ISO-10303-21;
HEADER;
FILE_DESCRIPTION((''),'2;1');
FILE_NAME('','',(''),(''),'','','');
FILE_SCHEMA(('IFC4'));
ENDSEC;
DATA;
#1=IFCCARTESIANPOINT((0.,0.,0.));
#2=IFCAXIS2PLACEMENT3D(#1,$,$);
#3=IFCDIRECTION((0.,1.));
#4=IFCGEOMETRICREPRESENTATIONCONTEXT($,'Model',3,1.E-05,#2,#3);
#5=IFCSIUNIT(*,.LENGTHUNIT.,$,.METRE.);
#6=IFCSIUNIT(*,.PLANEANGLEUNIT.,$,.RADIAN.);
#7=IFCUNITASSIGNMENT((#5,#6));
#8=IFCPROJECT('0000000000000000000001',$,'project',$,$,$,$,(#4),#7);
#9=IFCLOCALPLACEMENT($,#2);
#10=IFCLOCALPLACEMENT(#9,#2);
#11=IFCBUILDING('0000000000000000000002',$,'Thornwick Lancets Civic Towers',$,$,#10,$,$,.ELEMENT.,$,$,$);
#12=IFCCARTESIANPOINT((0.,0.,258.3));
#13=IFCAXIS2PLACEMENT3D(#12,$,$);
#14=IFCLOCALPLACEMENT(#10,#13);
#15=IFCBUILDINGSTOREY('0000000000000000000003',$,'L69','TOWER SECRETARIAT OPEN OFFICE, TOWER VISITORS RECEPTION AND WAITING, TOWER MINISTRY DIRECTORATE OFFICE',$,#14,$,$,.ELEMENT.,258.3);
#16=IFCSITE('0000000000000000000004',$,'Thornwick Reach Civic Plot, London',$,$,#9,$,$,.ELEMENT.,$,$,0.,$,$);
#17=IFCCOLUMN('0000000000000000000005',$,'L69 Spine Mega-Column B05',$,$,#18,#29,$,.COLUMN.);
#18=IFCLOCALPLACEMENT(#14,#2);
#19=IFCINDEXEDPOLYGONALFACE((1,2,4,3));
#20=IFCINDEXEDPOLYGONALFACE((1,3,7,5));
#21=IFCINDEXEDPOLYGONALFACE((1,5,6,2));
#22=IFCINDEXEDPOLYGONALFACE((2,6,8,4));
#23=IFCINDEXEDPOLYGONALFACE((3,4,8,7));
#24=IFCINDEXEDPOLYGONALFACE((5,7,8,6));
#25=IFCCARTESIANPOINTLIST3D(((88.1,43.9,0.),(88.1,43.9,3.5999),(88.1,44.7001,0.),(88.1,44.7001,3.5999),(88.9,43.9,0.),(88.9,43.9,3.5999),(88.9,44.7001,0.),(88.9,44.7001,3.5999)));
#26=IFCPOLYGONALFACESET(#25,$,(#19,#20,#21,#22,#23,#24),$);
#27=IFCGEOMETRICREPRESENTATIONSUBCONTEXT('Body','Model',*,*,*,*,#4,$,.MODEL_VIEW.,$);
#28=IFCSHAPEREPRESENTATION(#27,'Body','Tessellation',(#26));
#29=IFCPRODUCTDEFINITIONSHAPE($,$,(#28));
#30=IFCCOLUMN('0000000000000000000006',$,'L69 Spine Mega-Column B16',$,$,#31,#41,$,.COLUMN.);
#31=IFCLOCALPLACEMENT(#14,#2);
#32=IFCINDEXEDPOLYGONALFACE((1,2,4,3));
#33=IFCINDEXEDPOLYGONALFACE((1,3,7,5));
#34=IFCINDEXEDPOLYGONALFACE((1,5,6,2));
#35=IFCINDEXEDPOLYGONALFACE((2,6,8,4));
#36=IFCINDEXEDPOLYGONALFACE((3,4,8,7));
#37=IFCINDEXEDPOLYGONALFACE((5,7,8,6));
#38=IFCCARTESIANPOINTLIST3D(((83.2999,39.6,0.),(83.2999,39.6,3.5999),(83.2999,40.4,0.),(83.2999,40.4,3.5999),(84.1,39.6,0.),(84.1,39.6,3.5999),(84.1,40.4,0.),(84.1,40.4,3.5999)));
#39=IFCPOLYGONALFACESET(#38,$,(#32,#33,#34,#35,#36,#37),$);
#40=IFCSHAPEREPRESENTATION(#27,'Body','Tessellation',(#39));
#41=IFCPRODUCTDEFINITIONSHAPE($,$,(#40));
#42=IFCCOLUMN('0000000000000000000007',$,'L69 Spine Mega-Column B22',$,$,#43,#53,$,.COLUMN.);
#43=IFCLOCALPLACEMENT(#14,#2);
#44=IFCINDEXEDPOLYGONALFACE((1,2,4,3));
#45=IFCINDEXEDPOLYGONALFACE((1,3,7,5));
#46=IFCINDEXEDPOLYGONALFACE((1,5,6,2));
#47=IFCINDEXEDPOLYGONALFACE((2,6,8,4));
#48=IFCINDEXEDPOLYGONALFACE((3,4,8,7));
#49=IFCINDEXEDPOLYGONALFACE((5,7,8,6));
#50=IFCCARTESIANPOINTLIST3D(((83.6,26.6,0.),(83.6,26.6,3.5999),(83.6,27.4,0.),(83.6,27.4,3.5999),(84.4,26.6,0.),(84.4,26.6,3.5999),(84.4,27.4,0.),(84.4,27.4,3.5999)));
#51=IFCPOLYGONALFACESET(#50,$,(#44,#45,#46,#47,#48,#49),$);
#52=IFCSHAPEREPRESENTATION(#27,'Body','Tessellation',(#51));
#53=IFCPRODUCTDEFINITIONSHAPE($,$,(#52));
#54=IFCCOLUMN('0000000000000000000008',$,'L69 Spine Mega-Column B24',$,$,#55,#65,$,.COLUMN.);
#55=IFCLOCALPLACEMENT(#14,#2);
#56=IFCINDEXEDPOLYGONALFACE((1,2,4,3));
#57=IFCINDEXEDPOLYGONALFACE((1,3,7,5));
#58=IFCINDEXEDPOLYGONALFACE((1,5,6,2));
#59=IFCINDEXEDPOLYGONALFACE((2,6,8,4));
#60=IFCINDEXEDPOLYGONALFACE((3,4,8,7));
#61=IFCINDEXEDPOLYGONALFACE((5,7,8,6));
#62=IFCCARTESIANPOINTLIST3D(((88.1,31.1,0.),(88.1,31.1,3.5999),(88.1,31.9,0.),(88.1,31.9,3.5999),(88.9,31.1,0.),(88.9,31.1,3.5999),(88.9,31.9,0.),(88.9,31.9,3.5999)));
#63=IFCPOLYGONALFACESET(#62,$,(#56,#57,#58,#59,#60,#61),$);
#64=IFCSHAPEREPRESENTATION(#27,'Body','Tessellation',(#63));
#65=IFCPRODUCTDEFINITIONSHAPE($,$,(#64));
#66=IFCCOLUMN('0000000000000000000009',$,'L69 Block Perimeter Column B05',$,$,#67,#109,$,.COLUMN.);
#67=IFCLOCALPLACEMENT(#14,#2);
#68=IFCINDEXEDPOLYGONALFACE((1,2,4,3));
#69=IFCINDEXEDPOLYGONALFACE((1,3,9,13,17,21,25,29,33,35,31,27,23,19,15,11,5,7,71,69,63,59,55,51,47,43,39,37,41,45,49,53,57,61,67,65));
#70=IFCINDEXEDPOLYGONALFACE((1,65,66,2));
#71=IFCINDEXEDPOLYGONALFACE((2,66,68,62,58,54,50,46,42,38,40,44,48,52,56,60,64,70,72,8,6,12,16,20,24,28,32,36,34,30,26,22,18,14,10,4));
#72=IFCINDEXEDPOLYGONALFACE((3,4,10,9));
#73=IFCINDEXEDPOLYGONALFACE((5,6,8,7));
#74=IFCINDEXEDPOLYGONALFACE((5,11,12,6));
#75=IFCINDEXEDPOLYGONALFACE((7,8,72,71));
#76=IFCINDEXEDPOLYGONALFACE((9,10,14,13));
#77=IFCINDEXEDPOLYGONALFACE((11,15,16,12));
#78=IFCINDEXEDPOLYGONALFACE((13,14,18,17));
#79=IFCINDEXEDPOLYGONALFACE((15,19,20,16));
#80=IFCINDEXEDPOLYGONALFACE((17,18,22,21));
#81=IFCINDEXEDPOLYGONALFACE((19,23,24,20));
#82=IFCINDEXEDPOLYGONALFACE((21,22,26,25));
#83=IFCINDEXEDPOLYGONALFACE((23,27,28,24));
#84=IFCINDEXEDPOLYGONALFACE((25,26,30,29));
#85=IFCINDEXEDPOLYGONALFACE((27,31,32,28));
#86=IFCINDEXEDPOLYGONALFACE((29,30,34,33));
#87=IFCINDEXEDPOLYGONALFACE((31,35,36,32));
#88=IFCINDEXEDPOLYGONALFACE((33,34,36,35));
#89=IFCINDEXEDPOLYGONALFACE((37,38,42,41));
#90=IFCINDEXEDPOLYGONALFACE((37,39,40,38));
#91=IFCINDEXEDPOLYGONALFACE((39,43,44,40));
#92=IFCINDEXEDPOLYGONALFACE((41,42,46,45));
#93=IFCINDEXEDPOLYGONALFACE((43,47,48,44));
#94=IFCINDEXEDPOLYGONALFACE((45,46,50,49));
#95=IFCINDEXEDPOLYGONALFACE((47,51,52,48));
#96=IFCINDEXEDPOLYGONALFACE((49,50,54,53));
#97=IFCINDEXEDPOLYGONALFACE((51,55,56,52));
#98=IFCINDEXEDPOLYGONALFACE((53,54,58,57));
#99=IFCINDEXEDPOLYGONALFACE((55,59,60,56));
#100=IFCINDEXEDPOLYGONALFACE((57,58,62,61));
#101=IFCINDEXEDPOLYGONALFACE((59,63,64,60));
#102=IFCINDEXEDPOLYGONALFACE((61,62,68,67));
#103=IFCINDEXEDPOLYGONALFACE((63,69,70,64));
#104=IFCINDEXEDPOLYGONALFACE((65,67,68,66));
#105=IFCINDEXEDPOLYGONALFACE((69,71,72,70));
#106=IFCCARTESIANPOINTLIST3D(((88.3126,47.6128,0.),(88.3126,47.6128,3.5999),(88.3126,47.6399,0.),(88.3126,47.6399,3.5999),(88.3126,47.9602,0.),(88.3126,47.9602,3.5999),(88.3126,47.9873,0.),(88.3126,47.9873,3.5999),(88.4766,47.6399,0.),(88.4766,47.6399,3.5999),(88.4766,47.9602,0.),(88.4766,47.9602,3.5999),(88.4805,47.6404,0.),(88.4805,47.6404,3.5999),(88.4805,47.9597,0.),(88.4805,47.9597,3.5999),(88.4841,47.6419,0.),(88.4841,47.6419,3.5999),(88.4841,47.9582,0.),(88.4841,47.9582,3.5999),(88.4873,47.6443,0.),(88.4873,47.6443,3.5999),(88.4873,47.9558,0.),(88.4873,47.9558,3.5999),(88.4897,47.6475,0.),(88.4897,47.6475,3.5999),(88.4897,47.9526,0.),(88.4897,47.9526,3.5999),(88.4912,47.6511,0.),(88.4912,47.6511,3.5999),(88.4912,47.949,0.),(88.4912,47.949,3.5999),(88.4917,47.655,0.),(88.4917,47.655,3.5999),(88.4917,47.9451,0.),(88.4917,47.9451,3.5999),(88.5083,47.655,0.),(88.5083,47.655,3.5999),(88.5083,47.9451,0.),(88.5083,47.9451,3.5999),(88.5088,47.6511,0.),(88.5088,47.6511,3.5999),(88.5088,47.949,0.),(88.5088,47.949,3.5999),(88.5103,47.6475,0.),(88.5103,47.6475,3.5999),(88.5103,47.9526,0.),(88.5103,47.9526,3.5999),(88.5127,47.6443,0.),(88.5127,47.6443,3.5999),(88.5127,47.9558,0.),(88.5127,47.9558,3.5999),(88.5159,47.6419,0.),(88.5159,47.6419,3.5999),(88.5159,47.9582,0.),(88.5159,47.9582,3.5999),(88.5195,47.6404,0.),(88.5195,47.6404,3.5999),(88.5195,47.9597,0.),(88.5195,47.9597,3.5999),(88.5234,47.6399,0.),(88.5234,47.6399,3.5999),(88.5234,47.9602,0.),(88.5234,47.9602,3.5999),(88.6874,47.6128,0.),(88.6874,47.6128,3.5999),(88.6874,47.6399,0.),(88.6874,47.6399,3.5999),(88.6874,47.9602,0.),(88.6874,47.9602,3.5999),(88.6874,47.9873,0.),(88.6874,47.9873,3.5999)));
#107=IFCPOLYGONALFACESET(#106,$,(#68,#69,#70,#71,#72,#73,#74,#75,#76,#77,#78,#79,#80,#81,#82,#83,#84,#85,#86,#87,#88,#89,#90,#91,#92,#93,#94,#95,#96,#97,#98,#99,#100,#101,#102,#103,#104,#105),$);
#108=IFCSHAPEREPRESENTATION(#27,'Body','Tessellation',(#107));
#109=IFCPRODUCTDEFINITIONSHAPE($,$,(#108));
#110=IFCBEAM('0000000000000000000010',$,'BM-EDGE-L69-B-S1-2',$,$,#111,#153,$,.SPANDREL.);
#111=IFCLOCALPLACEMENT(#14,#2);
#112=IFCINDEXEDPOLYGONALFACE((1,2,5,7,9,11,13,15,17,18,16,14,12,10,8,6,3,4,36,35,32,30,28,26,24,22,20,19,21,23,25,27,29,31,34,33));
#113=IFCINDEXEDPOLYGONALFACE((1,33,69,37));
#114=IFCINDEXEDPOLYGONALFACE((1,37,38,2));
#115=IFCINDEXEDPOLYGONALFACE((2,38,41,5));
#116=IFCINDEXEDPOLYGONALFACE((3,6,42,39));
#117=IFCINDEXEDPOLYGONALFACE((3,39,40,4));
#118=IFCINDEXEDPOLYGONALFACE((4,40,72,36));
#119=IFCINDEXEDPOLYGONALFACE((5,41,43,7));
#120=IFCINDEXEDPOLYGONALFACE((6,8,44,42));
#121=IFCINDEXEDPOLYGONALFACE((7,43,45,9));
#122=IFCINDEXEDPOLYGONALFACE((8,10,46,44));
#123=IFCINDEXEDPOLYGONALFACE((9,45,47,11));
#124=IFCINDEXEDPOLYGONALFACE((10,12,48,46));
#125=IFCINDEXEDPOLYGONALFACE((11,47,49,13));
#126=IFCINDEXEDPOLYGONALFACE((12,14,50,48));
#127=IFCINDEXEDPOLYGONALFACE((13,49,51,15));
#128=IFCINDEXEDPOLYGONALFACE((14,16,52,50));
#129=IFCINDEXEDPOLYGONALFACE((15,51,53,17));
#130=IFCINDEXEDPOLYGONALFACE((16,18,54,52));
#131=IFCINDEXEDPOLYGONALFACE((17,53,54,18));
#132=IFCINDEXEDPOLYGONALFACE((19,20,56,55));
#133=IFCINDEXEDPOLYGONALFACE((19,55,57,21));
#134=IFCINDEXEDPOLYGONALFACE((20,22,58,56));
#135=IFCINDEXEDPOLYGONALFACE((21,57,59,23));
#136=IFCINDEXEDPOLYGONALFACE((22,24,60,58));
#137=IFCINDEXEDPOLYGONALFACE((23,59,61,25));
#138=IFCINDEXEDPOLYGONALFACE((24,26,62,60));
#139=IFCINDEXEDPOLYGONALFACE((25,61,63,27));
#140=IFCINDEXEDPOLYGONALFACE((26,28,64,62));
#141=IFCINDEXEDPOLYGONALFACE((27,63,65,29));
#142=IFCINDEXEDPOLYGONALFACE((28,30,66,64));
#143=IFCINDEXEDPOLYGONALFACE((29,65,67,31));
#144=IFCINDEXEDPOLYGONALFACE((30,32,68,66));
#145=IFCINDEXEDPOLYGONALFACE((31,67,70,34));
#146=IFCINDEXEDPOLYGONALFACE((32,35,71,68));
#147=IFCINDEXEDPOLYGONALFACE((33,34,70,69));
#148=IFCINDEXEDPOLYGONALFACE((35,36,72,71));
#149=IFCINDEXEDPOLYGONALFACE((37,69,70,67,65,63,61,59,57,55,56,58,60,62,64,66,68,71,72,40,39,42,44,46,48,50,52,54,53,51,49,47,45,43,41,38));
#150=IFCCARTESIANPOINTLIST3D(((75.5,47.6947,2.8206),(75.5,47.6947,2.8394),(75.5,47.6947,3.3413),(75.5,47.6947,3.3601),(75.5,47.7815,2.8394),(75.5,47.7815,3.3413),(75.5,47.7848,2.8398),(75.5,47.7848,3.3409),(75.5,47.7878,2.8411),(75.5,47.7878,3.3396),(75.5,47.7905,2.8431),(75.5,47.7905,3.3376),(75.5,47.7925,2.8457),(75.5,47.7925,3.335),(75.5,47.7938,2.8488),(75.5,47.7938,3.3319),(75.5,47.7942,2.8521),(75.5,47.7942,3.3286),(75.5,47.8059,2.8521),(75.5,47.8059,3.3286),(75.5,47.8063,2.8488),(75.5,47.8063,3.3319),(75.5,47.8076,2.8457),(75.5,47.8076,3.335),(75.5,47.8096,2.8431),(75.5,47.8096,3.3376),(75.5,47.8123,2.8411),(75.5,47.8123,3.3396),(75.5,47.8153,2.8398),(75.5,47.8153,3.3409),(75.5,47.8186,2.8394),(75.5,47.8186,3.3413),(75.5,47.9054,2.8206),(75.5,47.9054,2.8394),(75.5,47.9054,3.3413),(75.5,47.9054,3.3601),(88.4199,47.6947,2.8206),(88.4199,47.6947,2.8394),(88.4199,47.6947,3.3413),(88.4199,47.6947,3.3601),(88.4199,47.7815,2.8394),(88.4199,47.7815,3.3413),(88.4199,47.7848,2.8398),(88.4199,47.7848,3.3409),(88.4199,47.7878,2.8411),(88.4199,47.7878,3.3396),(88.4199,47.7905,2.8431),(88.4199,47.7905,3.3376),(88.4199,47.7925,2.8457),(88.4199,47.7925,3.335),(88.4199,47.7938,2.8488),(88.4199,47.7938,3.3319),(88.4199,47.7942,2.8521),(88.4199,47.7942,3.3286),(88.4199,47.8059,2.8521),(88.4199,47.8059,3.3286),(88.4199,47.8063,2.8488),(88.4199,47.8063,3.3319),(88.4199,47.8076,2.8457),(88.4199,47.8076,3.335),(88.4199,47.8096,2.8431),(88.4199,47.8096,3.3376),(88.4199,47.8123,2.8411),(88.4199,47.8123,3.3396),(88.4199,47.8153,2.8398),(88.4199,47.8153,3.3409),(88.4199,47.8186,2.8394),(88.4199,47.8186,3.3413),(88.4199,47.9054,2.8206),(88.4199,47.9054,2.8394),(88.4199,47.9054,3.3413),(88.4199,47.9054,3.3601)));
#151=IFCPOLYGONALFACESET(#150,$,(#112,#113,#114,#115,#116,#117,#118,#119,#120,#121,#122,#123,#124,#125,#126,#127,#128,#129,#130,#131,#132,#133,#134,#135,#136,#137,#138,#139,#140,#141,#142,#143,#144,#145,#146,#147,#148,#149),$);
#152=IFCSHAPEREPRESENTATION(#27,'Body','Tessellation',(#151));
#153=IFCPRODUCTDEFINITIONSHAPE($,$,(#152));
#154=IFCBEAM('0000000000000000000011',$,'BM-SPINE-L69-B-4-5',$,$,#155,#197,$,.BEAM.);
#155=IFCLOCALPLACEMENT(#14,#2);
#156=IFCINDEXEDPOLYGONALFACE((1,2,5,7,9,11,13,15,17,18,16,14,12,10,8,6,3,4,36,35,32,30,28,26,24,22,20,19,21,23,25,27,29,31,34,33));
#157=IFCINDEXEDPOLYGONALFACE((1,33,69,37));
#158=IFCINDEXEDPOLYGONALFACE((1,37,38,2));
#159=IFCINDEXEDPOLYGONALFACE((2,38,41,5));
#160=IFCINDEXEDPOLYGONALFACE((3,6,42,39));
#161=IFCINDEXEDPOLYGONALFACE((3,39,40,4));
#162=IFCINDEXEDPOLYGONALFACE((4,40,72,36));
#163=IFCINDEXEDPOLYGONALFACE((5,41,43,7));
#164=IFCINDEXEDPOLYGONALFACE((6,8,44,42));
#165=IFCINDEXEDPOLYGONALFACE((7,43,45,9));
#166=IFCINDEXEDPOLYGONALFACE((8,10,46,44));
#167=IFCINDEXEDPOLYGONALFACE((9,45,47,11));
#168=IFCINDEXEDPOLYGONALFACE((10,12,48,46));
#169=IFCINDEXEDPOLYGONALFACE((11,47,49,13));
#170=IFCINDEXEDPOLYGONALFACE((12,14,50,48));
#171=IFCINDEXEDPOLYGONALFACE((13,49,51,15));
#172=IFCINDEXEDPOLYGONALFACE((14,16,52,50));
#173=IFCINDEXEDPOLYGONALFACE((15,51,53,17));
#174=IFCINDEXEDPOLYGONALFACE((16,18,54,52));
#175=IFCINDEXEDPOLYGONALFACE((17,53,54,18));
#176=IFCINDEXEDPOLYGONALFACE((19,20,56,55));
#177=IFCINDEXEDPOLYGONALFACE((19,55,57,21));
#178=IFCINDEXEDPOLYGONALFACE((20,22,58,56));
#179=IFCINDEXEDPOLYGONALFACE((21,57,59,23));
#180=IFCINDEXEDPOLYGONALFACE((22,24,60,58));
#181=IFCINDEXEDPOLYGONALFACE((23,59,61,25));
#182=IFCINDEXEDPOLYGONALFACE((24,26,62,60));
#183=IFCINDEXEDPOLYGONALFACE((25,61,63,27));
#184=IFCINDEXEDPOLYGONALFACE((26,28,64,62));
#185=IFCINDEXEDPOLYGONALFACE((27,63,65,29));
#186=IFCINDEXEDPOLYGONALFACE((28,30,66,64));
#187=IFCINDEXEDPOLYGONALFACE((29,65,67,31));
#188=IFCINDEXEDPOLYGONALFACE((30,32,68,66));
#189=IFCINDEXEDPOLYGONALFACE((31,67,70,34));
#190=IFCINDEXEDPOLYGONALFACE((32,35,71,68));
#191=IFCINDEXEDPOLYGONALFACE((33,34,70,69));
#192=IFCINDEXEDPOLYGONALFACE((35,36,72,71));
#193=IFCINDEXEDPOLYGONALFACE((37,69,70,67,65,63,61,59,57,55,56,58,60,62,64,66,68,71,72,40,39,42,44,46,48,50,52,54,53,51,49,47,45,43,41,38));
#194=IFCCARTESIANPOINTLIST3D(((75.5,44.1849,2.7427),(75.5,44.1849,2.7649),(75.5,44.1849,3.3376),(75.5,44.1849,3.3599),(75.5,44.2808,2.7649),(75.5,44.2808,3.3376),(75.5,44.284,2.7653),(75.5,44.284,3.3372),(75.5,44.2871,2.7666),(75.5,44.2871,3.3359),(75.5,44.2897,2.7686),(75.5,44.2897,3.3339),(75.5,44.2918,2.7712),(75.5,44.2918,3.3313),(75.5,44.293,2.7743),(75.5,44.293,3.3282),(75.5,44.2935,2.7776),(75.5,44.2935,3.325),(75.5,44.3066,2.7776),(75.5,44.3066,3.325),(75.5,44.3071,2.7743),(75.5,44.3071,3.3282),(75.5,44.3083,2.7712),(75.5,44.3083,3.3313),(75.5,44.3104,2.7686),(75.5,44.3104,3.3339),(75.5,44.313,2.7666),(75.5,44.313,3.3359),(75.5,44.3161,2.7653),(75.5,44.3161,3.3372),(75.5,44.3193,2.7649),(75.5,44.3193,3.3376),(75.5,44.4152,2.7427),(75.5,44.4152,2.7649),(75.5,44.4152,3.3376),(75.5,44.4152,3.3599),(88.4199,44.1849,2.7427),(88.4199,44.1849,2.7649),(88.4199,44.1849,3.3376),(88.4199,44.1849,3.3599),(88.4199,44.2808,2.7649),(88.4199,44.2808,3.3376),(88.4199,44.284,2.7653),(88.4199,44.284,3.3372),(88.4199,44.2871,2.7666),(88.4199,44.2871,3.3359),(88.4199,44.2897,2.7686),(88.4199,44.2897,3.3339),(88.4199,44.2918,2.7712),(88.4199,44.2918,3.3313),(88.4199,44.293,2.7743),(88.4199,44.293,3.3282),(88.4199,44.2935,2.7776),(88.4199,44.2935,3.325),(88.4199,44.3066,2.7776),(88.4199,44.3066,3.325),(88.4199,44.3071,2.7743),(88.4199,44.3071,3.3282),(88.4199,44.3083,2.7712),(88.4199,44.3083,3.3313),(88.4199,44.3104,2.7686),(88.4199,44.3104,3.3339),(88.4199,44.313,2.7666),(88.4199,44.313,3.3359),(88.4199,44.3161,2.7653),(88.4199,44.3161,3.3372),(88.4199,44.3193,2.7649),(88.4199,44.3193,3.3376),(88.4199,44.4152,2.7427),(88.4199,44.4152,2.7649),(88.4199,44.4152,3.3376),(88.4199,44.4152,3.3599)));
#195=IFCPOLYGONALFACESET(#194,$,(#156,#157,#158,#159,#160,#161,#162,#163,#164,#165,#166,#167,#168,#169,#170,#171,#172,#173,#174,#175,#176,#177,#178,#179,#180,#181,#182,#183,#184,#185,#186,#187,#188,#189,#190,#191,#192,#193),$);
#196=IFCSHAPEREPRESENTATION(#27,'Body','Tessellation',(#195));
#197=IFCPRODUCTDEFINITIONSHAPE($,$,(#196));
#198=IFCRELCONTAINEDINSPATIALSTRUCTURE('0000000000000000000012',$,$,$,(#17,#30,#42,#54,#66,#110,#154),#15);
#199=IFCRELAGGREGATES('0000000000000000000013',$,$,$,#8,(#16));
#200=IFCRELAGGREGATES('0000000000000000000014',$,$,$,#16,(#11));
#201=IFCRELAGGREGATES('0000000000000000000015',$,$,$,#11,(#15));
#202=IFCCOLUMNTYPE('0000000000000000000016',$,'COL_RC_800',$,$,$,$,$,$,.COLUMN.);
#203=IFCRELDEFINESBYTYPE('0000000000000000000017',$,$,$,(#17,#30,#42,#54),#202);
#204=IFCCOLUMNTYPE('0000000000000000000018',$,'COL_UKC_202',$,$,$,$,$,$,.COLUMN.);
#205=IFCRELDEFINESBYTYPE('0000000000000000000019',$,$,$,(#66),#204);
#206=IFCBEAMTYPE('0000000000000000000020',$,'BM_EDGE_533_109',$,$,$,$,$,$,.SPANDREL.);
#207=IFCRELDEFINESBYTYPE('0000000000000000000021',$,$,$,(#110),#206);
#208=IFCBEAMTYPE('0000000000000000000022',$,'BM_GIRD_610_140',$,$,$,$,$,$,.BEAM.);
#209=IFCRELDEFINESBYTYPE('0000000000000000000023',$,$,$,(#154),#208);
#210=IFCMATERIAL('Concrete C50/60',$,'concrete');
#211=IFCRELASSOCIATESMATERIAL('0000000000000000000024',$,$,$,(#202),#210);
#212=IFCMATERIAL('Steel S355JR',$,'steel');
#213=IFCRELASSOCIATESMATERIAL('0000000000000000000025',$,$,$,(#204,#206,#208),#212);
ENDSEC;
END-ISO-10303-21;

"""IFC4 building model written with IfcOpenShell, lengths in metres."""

from ifc_helpers import new_model, si_unit, direction, frame, origin, origin_2d, place, context, subcontext, project, spatial, rectangle, i_section, extrude, material, material_profile, profile_set, type_object, element, save


model = new_model("IFC4")

# Units and contexts
model_context = context("Model", 3, precision=1e-05, world=origin(), true_north=direction((0.0, 1.0)))
body_context = subcontext(model_context, "Body", "Model", "MODEL_VIEW")
ifc_project = project(units=[si_unit("LENGTHUNIT", "METRE"), si_unit("PLANEANGLEUNIT", "RADIAN")], contexts=[model_context])

# Site, building, storey
site_placement = place(None, origin())
site = spatial("IfcSite", under=ifc_project, at=site_placement, Name="Thornwick Reach Civic Plot, London", CompositionType="ELEMENT", RefElevation=0.0)
building_placement = place(site_placement, origin())
building = spatial("IfcBuilding", under=site, at=building_placement, Name="Thornwick Lancets Civic Towers", CompositionType="ELEMENT")
storey_placement = place(building_placement, frame((0.0, 0.0, 258.3)))
storey = spatial("IfcBuildingStorey", under=building, at=storey_placement, Name="L69", Description="TOWER SECRETARIAT OPEN OFFICE, TOWER VISITORS RECEPTION AND WAITING, TOWER MINISTRY DIRECTORATE OFFICE", CompositionType="ELEMENT", Elevation=258.3)

# Columns
ifc_material_1 = material(Name="Concrete C50/60", Category="concrete")
ifc_material_profile_1 = material_profile(ifc_material_1, rectangle(XDim=0.8, YDim=0.8, at=origin_2d()), Name="RC 800x800")
ifc_profile_set_1 = profile_set([ifc_material_profile_1], Name="Concrete C50/60")
column_type_1 = type_object("IfcColumnType", Name="COL_RC_800", PredefinedType="COLUMN", material=ifc_profile_set_1)
for number, where, z_axis, x_axis, name in (
    (1, (88.5, 44.3, 0.0), (0.0, 0.0, 1.0), (1.0, 0.0, 0.0), "L69 Spine Mega-Column B05"),
    (2, (83.7, 40.0, 0.0), (0.0, 0.0, 1.0), (1.0, 0.0, 0.0), "L69 Spine Mega-Column B16"),
    (3, (84.0, 27.0, 0.0), (0.0, 0.0, 1.0), (1.0, 0.0, 0.0), "L69 Spine Mega-Column B22"),
    (4, (88.5, 31.5, 0.0), (0.0, 0.0, 1.0), (1.0, 0.0, 0.0), "L69 Spine Mega-Column B24"),
):
    element("IfcColumn", number, at=place(storey_placement, frame(where, z_axis=z_axis, x_axis=x_axis)), inside=storey, type_object=column_type_1, Name=name, PredefinedType="COLUMN", context=body_context, shape_type="SweptSolid", body=[
        extrude(rectangle(XDim=0.8, YDim=0.8, at=origin_2d()), origin(), (0.0, 0.0, 1.0), 3.5999),
    ])
ifc_material_2 = material(Name="Steel S355JR", Category="steel")
ifc_material_profile_2 = material_profile(ifc_material_2, i_section(OverallWidth=0.3748, OverallDepth=0.3745, WebThickness=0.0166, FlangeThickness=0.0271, FilletRadius=0.0151, at=origin_2d()), Name="UKC 356x368x202")
ifc_profile_set_2 = profile_set([ifc_material_profile_2], Name="Steel S355JR")
column_type_2 = type_object("IfcColumnType", Name="COL_UKC_202", PredefinedType="COLUMN", material=ifc_profile_set_2)
column_placement = place(storey_placement, frame((88.5, 47.8, 0.0), z_axis=(0.0, 0.0, 1.0), x_axis=(1.0, 0.0, 0.0)))
element("IfcColumn", 5, at=column_placement, inside=storey, type_object=column_type_2, Name="L69 Block Perimeter Column B05", PredefinedType="COLUMN", context=body_context, shape_type="SweptSolid", body=[
    extrude(i_section(OverallWidth=0.3748, OverallDepth=0.3745, WebThickness=0.0166, FlangeThickness=0.0271, FilletRadius=0.0151, at=origin_2d()), origin(), (0.0, 0.0, 1.0), 3.5999),
])

# Beams
ifc_material_profile_3 = material_profile(ifc_material_2, i_section(OverallWidth=0.2107, OverallDepth=0.5396, WebThickness=0.0117, FlangeThickness=0.0188, FilletRadius=0.0127, at=origin_2d()), Name="UKB 533x210x109")
ifc_profile_set_3 = profile_set([ifc_material_profile_3], Name="Steel S355JR")
beam_type_1 = type_object("IfcBeamType", Name="BM_EDGE_533_109", PredefinedType="SPANDREL", material=ifc_profile_set_3)
beam_1_placement = place(storey_placement, frame((88.4199, 47.8, 3.0903), z_axis=(-1.0, 0.0, 0.0), x_axis=(0.0, -1.0, 0.0)))
element("IfcBeam", 6, at=beam_1_placement, inside=storey, type_object=beam_type_1, Name="BM-EDGE-L69-B-S1-2", PredefinedType="SPANDREL", context=body_context, shape_type="SweptSolid", body=[
    extrude(i_section(OverallWidth=0.2107, OverallDepth=0.5396, WebThickness=0.0117, FlangeThickness=0.0188, FilletRadius=0.0127, at=origin_2d()), origin(), (0.0, 0.0, 1.0), 12.9199),
])
ifc_material_profile_4 = material_profile(ifc_material_2, i_section(OverallWidth=0.2302, OverallDepth=0.6172, WebThickness=0.0132, FlangeThickness=0.0222, FilletRadius=0.0127, at=origin_2d()), Name="UKB 610x229x140")
ifc_profile_set_4 = profile_set([ifc_material_profile_4], Name="Steel S355JR")
beam_type_2 = type_object("IfcBeamType", Name="BM_GIRD_610_140", PredefinedType="BEAM", material=ifc_profile_set_4)
beam_2_placement = place(storey_placement, frame((88.4199, 44.3, 3.0513), z_axis=(-1.0, 0.0, 0.0), x_axis=(0.0, -1.0, 0.0)))
element("IfcBeam", 7, at=beam_2_placement, inside=storey, type_object=beam_type_2, Name="BM-SPINE-L69-B-4-5", PredefinedType="BEAM", context=body_context, shape_type="SweptSolid", body=[
    extrude(i_section(OverallWidth=0.2302, OverallDepth=0.6172, WebThickness=0.0132, FlangeThickness=0.0222, FilletRadius=0.0127, at=origin_2d()), origin(), (0.0, 0.0, 1.0), 12.9199),
])

save(model, "model.ifc")
